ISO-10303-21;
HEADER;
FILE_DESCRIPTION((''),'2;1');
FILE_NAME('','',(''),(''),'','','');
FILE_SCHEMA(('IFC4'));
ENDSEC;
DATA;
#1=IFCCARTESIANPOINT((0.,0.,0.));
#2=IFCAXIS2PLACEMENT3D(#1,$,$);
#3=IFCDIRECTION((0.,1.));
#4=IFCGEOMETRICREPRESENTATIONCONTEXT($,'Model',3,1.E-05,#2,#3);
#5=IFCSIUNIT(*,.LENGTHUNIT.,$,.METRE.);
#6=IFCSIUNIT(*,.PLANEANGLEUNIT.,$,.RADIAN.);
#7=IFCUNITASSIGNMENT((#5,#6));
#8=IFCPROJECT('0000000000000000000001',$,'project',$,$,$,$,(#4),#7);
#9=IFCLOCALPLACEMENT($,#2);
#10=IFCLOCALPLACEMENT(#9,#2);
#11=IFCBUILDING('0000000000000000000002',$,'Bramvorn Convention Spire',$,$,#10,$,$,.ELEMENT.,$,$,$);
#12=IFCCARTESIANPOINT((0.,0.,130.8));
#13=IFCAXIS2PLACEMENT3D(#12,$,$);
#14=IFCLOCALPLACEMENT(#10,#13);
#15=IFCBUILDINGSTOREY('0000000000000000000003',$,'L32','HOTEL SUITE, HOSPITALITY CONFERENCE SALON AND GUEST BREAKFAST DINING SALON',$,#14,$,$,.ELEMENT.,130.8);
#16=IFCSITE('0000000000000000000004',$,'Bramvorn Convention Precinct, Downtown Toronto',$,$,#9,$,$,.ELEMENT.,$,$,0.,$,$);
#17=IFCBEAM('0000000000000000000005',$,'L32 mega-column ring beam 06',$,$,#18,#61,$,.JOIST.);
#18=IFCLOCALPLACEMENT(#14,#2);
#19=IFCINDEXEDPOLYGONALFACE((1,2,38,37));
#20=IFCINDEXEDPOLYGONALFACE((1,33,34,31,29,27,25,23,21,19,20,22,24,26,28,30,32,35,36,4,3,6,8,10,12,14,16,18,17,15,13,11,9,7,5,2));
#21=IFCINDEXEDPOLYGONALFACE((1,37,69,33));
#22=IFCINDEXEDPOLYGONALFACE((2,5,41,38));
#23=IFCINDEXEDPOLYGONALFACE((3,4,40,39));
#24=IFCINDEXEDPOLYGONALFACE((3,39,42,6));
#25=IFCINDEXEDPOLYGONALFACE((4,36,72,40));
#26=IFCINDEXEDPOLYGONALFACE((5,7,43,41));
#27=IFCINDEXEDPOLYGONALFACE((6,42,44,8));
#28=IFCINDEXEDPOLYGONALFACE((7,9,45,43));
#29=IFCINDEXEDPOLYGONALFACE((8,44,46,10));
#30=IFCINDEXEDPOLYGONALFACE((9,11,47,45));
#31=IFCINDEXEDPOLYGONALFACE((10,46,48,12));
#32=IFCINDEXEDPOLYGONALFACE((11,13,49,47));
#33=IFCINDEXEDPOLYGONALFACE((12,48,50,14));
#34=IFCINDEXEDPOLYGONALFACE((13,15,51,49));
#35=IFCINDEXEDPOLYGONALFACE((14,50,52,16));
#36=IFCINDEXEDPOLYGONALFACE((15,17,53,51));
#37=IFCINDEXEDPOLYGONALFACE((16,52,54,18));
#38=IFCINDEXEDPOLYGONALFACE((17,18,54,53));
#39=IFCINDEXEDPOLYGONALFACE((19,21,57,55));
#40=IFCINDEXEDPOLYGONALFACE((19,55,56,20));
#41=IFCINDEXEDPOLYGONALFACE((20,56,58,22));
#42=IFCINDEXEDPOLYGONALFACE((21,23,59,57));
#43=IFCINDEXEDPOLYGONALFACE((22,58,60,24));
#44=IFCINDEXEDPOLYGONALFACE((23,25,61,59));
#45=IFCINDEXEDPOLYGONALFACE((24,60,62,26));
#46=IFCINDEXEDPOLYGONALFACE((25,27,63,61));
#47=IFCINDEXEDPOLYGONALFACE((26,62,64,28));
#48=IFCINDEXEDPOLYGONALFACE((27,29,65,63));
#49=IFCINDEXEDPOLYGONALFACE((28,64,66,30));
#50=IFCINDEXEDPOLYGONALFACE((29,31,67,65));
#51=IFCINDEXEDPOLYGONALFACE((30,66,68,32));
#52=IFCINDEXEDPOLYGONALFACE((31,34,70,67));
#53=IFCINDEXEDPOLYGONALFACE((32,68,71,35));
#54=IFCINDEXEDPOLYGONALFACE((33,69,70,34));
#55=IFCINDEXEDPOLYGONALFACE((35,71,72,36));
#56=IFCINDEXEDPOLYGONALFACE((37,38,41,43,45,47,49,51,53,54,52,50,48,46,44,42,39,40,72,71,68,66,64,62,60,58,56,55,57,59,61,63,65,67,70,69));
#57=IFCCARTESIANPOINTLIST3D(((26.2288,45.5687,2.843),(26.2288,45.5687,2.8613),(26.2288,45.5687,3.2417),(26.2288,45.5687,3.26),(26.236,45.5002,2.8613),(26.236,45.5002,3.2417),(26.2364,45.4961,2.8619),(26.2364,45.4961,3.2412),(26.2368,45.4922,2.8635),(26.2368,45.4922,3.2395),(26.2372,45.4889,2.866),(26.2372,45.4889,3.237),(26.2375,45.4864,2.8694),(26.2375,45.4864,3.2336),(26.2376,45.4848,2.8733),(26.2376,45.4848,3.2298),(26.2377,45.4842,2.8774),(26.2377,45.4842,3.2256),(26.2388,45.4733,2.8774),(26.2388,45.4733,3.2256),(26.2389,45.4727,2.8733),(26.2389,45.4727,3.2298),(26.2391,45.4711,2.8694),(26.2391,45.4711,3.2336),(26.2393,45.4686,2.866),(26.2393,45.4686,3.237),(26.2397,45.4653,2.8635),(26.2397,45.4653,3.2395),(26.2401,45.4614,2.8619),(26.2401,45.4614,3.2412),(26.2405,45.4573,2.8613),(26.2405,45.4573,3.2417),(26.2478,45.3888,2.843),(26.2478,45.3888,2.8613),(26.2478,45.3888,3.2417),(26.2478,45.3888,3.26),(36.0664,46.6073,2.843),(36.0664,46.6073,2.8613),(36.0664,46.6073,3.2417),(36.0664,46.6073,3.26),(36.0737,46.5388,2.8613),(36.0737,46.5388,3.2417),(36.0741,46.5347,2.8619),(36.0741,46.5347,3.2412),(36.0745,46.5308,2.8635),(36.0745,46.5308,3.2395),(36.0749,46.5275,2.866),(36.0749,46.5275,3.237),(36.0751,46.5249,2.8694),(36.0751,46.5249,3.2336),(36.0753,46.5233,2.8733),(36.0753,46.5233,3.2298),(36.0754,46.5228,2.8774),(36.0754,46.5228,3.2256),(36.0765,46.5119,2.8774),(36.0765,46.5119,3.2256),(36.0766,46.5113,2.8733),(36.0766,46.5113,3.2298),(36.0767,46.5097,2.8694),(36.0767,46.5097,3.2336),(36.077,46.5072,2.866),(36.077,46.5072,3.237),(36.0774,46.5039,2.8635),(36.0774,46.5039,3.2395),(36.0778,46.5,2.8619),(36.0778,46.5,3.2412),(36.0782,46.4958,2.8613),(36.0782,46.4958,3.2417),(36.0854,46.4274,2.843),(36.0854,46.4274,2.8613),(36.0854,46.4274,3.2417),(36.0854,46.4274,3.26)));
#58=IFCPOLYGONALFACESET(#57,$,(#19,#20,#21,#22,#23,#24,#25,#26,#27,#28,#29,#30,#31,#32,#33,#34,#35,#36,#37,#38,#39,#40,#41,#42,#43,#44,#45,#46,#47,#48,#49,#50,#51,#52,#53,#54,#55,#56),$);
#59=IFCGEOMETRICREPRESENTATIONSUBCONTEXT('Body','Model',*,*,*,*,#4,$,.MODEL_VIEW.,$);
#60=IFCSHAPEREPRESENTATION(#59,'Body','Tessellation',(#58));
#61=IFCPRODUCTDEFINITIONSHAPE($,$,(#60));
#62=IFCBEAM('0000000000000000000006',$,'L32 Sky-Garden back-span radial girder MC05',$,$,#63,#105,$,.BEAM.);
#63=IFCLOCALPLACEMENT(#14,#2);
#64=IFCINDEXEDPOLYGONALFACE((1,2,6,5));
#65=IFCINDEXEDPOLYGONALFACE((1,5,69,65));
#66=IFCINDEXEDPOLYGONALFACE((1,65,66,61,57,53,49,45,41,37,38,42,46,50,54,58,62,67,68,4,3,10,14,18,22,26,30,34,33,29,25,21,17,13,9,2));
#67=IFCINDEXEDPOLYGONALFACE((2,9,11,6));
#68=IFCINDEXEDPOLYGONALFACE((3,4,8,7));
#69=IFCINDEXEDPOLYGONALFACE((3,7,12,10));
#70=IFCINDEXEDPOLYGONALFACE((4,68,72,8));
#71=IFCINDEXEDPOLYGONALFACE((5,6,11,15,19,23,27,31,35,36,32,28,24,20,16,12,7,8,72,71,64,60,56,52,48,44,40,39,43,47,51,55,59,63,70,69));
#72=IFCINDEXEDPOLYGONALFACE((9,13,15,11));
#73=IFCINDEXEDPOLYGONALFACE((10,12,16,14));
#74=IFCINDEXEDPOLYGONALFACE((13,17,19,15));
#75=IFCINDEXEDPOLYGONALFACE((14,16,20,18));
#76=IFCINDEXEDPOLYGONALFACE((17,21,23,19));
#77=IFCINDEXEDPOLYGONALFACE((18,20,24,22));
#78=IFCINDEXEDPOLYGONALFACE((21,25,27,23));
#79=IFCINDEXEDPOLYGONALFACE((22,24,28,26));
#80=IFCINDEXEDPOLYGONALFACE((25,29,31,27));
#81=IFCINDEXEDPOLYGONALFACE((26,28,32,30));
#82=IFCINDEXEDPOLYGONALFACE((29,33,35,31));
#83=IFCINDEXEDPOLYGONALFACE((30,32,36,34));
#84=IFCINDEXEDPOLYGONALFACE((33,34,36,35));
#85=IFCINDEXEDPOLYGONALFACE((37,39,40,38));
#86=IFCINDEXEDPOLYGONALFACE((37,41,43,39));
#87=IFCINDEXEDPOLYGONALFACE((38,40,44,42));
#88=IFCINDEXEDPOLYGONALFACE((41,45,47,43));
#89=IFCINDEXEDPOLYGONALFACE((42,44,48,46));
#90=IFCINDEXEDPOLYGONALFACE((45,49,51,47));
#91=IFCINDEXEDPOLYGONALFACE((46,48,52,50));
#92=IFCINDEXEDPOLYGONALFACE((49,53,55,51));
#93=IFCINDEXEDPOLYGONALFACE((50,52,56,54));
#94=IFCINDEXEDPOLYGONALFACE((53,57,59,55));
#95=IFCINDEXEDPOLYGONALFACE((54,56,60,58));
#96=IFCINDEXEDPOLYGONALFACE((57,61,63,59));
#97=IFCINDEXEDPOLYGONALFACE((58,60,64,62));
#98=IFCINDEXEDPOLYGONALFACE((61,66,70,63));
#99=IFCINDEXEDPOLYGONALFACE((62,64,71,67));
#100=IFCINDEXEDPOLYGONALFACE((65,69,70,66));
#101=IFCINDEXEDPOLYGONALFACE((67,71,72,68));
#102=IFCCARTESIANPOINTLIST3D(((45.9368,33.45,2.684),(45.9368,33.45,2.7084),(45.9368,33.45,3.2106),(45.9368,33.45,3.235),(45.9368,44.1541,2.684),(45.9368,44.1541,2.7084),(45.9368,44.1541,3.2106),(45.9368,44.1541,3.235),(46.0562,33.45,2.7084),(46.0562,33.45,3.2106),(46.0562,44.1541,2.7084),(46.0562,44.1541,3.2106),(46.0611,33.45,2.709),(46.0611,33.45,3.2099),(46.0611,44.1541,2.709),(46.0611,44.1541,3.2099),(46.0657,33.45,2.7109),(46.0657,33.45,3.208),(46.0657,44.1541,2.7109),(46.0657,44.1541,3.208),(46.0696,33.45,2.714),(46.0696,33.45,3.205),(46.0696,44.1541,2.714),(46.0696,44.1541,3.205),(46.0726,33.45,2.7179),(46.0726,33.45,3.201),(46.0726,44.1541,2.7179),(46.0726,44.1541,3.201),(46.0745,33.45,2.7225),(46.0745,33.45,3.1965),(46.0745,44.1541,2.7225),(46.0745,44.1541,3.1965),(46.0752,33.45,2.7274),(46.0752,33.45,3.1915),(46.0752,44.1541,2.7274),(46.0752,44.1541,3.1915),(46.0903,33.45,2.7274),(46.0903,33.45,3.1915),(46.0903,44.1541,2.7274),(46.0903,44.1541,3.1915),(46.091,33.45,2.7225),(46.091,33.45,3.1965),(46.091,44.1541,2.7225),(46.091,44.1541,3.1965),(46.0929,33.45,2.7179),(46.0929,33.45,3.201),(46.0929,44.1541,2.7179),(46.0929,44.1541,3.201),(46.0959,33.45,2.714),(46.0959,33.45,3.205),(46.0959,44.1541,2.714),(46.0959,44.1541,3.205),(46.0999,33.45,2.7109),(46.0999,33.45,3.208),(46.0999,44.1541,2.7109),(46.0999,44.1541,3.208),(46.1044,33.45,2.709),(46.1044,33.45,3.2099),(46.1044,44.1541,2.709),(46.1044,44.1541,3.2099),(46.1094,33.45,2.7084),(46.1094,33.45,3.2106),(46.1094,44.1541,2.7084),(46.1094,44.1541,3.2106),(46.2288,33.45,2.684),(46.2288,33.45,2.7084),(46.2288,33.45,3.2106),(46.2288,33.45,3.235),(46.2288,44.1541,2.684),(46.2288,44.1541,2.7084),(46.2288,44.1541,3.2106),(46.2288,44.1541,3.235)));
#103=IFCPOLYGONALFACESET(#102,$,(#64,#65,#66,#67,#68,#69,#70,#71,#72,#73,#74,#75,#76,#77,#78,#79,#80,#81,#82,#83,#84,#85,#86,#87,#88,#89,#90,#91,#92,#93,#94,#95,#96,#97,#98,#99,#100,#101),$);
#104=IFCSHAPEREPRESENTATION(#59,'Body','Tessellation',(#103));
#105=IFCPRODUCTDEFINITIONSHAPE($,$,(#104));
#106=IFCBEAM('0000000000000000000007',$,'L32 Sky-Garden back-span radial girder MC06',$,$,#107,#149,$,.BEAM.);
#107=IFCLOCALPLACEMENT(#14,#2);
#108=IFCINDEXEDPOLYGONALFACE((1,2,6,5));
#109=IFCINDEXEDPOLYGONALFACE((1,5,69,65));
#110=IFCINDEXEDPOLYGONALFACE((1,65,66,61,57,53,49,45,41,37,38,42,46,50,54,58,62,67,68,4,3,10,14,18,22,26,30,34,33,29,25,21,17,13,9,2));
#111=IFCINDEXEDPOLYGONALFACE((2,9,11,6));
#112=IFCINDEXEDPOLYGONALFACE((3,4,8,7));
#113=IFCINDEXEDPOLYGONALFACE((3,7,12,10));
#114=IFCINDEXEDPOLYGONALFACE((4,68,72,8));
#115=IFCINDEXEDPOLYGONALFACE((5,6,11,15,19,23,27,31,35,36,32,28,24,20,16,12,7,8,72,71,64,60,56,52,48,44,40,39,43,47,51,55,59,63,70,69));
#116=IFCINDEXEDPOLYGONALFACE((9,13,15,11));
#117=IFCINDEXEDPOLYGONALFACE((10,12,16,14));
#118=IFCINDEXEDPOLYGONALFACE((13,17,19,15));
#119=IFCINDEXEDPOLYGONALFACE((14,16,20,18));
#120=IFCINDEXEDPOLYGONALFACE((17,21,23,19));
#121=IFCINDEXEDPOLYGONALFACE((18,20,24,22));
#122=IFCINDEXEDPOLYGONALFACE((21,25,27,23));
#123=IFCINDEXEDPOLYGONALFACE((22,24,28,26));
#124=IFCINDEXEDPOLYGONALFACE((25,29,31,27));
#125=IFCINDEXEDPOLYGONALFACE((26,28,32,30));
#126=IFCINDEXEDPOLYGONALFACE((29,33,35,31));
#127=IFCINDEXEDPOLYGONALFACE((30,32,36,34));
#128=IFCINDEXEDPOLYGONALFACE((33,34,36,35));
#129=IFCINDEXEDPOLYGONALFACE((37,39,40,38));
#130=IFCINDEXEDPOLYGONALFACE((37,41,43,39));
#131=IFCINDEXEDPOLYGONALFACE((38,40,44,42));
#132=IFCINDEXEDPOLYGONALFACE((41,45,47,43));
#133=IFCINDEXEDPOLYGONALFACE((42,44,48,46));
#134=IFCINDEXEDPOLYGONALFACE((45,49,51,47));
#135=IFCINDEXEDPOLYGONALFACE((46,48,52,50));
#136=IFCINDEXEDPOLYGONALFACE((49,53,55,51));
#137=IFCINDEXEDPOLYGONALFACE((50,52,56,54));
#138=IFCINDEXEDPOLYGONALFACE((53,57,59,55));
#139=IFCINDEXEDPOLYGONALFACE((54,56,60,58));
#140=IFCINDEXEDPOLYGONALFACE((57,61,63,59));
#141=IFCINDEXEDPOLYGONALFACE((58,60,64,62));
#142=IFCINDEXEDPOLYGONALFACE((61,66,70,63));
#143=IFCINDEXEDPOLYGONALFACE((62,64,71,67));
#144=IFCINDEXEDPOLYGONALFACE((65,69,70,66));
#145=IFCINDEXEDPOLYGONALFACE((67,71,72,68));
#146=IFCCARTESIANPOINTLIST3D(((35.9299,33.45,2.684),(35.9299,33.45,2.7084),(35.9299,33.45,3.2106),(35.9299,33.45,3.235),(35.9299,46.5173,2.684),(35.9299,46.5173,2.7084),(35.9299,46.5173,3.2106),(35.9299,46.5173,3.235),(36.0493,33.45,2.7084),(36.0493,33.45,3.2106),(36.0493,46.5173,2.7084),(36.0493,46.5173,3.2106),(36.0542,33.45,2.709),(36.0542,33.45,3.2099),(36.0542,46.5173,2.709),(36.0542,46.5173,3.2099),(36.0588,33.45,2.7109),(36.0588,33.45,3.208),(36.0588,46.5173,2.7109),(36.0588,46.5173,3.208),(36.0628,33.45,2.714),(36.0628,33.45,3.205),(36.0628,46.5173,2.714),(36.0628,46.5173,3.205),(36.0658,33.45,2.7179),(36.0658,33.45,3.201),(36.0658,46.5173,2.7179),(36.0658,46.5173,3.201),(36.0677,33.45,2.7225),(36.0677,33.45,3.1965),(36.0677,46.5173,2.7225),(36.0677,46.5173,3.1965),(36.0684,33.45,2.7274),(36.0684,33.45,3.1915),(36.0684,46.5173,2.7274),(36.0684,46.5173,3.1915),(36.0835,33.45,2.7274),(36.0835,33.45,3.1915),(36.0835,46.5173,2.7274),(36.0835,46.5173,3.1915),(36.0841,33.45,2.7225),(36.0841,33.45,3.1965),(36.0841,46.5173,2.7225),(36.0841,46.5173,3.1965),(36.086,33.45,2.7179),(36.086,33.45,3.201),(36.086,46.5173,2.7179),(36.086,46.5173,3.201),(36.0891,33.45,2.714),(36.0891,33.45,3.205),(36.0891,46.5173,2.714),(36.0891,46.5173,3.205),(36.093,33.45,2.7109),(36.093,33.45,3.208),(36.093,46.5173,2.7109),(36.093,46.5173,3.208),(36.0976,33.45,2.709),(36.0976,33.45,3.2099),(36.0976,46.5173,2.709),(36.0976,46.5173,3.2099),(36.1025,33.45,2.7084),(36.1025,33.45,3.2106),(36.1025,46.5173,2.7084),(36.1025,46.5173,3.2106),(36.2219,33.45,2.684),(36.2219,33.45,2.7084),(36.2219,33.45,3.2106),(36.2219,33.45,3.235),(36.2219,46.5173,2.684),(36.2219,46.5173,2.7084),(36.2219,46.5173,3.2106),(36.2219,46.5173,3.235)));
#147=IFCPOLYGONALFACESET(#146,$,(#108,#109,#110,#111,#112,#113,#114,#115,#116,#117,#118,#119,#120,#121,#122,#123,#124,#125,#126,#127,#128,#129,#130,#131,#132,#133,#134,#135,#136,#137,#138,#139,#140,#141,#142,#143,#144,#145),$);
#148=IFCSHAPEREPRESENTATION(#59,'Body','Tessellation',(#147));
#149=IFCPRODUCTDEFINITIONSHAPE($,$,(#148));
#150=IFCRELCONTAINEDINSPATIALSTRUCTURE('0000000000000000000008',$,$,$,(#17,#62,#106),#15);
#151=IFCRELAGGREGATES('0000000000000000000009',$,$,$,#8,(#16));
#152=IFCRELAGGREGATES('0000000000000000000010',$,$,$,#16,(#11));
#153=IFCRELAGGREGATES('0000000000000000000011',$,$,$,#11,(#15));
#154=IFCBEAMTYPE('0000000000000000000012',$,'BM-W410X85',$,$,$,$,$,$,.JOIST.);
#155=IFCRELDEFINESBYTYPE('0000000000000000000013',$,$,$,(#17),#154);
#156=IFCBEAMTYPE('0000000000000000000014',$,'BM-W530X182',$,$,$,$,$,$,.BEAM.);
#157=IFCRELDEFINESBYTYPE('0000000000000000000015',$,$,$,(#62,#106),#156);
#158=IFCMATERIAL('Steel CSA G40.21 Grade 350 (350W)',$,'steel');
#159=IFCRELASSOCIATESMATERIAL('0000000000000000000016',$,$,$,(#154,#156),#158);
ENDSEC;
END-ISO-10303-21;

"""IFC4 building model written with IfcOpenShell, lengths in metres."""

from ifc_helpers import new_model, si_unit, direction, frame, origin, origin_2d, place, context, subcontext, project, spatial, i_section, extrude, material, material_profile, profile_set, type_object, element, save


model = new_model("IFC4")

# Units and contexts
model_context = context("Model", 3, precision=1e-05, world=origin(), true_north=direction((0.0, 1.0)))
body_context = subcontext(model_context, "Body", "Model", "MODEL_VIEW")
ifc_project = project(units=[si_unit("LENGTHUNIT", "METRE"), si_unit("PLANEANGLEUNIT", "RADIAN")], contexts=[model_context])

# Site, building, storey
site_placement = place(None, origin())
site = spatial("IfcSite", under=ifc_project, at=site_placement, Name="Bramvorn Convention Precinct, Downtown Toronto", CompositionType="ELEMENT", RefElevation=0.0)
building_placement = place(site_placement, origin())
building = spatial("IfcBuilding", under=site, at=building_placement, Name="Bramvorn Convention Spire", CompositionType="ELEMENT")
storey_placement = place(building_placement, frame((0.0, 0.0, 130.8)))
storey = spatial("IfcBuildingStorey", under=building, at=storey_placement, Name="L32", Description="HOTEL SUITE, HOSPITALITY CONFERENCE SALON AND GUEST BREAKFAST DINING SALON", CompositionType="ELEMENT", Elevation=130.8)

# Shared definitions
ifc_material_1 = material(Name="Steel CSA G40.21 Grade 350 (350W)", Category="steel")

# Beams
ifc_material_profile_1 = material_profile(ifc_material_1, i_section(OverallWidth=0.1809, OverallDepth=0.417, WebThickness=0.011, FlangeThickness=0.0183, FilletRadius=0.0161, at=origin_2d()))
ifc_profile_set_1 = profile_set([ifc_material_profile_1], Name="Steel CSA G40.21 Grade 350 (350W) - W410X85")
beam_type_1 = type_object("IfcBeamType", Name="BM-W410X85", PredefinedType="JOIST", material=ifc_profile_set_1)
beam_1_placement = place(storey_placement, frame((36.0759, 46.5173, 3.0515), z_axis=(-0.994473, -0.104988, 0.0), x_axis=(0.104988, -0.994473, 0.0)))
element("IfcBeam", 1, at=beam_1_placement, inside=storey, type_object=beam_type_1, Name="L32 mega-column ring beam 06", PredefinedType="JOIST", context=body_context, shape_type="SweptSolid", body=[
    extrude(i_section(OverallWidth=0.1809, OverallDepth=0.417, WebThickness=0.011, FlangeThickness=0.0183, FilletRadius=0.0161, at=origin_2d()), origin(), (0.0, 0.0, 1.0), 9.8923),
])
ifc_material_profile_2 = material_profile(ifc_material_1, i_section(OverallWidth=0.292, OverallDepth=0.551, WebThickness=0.0151, FlangeThickness=0.0244, FilletRadius=0.019, at=origin_2d()))
ifc_profile_set_2 = profile_set([ifc_material_profile_2], Name="Steel CSA G40.21 Grade 350 (350W) - W530X182")
beam_type_2 = type_object("IfcBeamType", Name="BM-W530X182", PredefinedType="BEAM", material=ifc_profile_set_2)
beam_2_placement = place(storey_placement, frame((46.0828, 33.45, 2.9595), z_axis=(0.0, 1.0, 0.0), x_axis=(-1.0, 0.0, 0.0)))
element("IfcBeam", 2, at=beam_2_placement, inside=storey, type_object=beam_type_2, Name="L32 Sky-Garden back-span radial girder MC05", PredefinedType="BEAM", context=body_context, shape_type="SweptSolid", body=[
    extrude(i_section(OverallWidth=0.292, OverallDepth=0.551, WebThickness=0.0151, FlangeThickness=0.0244, FilletRadius=0.019, at=origin_2d()), origin(), (0.0, 0.0, 1.0), 10.7041),
])
beam_3_placement = place(storey_placement, frame((36.0759, 33.45, 2.9595), z_axis=(0.0, 1.0, 0.0), x_axis=(-1.0, 0.0, 0.0)))
element("IfcBeam", 3, at=beam_3_placement, inside=storey, type_object=beam_type_2, Name="L32 Sky-Garden back-span radial girder MC06", PredefinedType="BEAM", context=body_context, shape_type="SweptSolid", body=[
    extrude(i_section(OverallWidth=0.292, OverallDepth=0.551, WebThickness=0.0151, FlangeThickness=0.0244, FilletRadius=0.019, at=origin_2d()), origin(), (0.0, 0.0, 1.0), 13.0674),
])

save(model, "model.ifc")
